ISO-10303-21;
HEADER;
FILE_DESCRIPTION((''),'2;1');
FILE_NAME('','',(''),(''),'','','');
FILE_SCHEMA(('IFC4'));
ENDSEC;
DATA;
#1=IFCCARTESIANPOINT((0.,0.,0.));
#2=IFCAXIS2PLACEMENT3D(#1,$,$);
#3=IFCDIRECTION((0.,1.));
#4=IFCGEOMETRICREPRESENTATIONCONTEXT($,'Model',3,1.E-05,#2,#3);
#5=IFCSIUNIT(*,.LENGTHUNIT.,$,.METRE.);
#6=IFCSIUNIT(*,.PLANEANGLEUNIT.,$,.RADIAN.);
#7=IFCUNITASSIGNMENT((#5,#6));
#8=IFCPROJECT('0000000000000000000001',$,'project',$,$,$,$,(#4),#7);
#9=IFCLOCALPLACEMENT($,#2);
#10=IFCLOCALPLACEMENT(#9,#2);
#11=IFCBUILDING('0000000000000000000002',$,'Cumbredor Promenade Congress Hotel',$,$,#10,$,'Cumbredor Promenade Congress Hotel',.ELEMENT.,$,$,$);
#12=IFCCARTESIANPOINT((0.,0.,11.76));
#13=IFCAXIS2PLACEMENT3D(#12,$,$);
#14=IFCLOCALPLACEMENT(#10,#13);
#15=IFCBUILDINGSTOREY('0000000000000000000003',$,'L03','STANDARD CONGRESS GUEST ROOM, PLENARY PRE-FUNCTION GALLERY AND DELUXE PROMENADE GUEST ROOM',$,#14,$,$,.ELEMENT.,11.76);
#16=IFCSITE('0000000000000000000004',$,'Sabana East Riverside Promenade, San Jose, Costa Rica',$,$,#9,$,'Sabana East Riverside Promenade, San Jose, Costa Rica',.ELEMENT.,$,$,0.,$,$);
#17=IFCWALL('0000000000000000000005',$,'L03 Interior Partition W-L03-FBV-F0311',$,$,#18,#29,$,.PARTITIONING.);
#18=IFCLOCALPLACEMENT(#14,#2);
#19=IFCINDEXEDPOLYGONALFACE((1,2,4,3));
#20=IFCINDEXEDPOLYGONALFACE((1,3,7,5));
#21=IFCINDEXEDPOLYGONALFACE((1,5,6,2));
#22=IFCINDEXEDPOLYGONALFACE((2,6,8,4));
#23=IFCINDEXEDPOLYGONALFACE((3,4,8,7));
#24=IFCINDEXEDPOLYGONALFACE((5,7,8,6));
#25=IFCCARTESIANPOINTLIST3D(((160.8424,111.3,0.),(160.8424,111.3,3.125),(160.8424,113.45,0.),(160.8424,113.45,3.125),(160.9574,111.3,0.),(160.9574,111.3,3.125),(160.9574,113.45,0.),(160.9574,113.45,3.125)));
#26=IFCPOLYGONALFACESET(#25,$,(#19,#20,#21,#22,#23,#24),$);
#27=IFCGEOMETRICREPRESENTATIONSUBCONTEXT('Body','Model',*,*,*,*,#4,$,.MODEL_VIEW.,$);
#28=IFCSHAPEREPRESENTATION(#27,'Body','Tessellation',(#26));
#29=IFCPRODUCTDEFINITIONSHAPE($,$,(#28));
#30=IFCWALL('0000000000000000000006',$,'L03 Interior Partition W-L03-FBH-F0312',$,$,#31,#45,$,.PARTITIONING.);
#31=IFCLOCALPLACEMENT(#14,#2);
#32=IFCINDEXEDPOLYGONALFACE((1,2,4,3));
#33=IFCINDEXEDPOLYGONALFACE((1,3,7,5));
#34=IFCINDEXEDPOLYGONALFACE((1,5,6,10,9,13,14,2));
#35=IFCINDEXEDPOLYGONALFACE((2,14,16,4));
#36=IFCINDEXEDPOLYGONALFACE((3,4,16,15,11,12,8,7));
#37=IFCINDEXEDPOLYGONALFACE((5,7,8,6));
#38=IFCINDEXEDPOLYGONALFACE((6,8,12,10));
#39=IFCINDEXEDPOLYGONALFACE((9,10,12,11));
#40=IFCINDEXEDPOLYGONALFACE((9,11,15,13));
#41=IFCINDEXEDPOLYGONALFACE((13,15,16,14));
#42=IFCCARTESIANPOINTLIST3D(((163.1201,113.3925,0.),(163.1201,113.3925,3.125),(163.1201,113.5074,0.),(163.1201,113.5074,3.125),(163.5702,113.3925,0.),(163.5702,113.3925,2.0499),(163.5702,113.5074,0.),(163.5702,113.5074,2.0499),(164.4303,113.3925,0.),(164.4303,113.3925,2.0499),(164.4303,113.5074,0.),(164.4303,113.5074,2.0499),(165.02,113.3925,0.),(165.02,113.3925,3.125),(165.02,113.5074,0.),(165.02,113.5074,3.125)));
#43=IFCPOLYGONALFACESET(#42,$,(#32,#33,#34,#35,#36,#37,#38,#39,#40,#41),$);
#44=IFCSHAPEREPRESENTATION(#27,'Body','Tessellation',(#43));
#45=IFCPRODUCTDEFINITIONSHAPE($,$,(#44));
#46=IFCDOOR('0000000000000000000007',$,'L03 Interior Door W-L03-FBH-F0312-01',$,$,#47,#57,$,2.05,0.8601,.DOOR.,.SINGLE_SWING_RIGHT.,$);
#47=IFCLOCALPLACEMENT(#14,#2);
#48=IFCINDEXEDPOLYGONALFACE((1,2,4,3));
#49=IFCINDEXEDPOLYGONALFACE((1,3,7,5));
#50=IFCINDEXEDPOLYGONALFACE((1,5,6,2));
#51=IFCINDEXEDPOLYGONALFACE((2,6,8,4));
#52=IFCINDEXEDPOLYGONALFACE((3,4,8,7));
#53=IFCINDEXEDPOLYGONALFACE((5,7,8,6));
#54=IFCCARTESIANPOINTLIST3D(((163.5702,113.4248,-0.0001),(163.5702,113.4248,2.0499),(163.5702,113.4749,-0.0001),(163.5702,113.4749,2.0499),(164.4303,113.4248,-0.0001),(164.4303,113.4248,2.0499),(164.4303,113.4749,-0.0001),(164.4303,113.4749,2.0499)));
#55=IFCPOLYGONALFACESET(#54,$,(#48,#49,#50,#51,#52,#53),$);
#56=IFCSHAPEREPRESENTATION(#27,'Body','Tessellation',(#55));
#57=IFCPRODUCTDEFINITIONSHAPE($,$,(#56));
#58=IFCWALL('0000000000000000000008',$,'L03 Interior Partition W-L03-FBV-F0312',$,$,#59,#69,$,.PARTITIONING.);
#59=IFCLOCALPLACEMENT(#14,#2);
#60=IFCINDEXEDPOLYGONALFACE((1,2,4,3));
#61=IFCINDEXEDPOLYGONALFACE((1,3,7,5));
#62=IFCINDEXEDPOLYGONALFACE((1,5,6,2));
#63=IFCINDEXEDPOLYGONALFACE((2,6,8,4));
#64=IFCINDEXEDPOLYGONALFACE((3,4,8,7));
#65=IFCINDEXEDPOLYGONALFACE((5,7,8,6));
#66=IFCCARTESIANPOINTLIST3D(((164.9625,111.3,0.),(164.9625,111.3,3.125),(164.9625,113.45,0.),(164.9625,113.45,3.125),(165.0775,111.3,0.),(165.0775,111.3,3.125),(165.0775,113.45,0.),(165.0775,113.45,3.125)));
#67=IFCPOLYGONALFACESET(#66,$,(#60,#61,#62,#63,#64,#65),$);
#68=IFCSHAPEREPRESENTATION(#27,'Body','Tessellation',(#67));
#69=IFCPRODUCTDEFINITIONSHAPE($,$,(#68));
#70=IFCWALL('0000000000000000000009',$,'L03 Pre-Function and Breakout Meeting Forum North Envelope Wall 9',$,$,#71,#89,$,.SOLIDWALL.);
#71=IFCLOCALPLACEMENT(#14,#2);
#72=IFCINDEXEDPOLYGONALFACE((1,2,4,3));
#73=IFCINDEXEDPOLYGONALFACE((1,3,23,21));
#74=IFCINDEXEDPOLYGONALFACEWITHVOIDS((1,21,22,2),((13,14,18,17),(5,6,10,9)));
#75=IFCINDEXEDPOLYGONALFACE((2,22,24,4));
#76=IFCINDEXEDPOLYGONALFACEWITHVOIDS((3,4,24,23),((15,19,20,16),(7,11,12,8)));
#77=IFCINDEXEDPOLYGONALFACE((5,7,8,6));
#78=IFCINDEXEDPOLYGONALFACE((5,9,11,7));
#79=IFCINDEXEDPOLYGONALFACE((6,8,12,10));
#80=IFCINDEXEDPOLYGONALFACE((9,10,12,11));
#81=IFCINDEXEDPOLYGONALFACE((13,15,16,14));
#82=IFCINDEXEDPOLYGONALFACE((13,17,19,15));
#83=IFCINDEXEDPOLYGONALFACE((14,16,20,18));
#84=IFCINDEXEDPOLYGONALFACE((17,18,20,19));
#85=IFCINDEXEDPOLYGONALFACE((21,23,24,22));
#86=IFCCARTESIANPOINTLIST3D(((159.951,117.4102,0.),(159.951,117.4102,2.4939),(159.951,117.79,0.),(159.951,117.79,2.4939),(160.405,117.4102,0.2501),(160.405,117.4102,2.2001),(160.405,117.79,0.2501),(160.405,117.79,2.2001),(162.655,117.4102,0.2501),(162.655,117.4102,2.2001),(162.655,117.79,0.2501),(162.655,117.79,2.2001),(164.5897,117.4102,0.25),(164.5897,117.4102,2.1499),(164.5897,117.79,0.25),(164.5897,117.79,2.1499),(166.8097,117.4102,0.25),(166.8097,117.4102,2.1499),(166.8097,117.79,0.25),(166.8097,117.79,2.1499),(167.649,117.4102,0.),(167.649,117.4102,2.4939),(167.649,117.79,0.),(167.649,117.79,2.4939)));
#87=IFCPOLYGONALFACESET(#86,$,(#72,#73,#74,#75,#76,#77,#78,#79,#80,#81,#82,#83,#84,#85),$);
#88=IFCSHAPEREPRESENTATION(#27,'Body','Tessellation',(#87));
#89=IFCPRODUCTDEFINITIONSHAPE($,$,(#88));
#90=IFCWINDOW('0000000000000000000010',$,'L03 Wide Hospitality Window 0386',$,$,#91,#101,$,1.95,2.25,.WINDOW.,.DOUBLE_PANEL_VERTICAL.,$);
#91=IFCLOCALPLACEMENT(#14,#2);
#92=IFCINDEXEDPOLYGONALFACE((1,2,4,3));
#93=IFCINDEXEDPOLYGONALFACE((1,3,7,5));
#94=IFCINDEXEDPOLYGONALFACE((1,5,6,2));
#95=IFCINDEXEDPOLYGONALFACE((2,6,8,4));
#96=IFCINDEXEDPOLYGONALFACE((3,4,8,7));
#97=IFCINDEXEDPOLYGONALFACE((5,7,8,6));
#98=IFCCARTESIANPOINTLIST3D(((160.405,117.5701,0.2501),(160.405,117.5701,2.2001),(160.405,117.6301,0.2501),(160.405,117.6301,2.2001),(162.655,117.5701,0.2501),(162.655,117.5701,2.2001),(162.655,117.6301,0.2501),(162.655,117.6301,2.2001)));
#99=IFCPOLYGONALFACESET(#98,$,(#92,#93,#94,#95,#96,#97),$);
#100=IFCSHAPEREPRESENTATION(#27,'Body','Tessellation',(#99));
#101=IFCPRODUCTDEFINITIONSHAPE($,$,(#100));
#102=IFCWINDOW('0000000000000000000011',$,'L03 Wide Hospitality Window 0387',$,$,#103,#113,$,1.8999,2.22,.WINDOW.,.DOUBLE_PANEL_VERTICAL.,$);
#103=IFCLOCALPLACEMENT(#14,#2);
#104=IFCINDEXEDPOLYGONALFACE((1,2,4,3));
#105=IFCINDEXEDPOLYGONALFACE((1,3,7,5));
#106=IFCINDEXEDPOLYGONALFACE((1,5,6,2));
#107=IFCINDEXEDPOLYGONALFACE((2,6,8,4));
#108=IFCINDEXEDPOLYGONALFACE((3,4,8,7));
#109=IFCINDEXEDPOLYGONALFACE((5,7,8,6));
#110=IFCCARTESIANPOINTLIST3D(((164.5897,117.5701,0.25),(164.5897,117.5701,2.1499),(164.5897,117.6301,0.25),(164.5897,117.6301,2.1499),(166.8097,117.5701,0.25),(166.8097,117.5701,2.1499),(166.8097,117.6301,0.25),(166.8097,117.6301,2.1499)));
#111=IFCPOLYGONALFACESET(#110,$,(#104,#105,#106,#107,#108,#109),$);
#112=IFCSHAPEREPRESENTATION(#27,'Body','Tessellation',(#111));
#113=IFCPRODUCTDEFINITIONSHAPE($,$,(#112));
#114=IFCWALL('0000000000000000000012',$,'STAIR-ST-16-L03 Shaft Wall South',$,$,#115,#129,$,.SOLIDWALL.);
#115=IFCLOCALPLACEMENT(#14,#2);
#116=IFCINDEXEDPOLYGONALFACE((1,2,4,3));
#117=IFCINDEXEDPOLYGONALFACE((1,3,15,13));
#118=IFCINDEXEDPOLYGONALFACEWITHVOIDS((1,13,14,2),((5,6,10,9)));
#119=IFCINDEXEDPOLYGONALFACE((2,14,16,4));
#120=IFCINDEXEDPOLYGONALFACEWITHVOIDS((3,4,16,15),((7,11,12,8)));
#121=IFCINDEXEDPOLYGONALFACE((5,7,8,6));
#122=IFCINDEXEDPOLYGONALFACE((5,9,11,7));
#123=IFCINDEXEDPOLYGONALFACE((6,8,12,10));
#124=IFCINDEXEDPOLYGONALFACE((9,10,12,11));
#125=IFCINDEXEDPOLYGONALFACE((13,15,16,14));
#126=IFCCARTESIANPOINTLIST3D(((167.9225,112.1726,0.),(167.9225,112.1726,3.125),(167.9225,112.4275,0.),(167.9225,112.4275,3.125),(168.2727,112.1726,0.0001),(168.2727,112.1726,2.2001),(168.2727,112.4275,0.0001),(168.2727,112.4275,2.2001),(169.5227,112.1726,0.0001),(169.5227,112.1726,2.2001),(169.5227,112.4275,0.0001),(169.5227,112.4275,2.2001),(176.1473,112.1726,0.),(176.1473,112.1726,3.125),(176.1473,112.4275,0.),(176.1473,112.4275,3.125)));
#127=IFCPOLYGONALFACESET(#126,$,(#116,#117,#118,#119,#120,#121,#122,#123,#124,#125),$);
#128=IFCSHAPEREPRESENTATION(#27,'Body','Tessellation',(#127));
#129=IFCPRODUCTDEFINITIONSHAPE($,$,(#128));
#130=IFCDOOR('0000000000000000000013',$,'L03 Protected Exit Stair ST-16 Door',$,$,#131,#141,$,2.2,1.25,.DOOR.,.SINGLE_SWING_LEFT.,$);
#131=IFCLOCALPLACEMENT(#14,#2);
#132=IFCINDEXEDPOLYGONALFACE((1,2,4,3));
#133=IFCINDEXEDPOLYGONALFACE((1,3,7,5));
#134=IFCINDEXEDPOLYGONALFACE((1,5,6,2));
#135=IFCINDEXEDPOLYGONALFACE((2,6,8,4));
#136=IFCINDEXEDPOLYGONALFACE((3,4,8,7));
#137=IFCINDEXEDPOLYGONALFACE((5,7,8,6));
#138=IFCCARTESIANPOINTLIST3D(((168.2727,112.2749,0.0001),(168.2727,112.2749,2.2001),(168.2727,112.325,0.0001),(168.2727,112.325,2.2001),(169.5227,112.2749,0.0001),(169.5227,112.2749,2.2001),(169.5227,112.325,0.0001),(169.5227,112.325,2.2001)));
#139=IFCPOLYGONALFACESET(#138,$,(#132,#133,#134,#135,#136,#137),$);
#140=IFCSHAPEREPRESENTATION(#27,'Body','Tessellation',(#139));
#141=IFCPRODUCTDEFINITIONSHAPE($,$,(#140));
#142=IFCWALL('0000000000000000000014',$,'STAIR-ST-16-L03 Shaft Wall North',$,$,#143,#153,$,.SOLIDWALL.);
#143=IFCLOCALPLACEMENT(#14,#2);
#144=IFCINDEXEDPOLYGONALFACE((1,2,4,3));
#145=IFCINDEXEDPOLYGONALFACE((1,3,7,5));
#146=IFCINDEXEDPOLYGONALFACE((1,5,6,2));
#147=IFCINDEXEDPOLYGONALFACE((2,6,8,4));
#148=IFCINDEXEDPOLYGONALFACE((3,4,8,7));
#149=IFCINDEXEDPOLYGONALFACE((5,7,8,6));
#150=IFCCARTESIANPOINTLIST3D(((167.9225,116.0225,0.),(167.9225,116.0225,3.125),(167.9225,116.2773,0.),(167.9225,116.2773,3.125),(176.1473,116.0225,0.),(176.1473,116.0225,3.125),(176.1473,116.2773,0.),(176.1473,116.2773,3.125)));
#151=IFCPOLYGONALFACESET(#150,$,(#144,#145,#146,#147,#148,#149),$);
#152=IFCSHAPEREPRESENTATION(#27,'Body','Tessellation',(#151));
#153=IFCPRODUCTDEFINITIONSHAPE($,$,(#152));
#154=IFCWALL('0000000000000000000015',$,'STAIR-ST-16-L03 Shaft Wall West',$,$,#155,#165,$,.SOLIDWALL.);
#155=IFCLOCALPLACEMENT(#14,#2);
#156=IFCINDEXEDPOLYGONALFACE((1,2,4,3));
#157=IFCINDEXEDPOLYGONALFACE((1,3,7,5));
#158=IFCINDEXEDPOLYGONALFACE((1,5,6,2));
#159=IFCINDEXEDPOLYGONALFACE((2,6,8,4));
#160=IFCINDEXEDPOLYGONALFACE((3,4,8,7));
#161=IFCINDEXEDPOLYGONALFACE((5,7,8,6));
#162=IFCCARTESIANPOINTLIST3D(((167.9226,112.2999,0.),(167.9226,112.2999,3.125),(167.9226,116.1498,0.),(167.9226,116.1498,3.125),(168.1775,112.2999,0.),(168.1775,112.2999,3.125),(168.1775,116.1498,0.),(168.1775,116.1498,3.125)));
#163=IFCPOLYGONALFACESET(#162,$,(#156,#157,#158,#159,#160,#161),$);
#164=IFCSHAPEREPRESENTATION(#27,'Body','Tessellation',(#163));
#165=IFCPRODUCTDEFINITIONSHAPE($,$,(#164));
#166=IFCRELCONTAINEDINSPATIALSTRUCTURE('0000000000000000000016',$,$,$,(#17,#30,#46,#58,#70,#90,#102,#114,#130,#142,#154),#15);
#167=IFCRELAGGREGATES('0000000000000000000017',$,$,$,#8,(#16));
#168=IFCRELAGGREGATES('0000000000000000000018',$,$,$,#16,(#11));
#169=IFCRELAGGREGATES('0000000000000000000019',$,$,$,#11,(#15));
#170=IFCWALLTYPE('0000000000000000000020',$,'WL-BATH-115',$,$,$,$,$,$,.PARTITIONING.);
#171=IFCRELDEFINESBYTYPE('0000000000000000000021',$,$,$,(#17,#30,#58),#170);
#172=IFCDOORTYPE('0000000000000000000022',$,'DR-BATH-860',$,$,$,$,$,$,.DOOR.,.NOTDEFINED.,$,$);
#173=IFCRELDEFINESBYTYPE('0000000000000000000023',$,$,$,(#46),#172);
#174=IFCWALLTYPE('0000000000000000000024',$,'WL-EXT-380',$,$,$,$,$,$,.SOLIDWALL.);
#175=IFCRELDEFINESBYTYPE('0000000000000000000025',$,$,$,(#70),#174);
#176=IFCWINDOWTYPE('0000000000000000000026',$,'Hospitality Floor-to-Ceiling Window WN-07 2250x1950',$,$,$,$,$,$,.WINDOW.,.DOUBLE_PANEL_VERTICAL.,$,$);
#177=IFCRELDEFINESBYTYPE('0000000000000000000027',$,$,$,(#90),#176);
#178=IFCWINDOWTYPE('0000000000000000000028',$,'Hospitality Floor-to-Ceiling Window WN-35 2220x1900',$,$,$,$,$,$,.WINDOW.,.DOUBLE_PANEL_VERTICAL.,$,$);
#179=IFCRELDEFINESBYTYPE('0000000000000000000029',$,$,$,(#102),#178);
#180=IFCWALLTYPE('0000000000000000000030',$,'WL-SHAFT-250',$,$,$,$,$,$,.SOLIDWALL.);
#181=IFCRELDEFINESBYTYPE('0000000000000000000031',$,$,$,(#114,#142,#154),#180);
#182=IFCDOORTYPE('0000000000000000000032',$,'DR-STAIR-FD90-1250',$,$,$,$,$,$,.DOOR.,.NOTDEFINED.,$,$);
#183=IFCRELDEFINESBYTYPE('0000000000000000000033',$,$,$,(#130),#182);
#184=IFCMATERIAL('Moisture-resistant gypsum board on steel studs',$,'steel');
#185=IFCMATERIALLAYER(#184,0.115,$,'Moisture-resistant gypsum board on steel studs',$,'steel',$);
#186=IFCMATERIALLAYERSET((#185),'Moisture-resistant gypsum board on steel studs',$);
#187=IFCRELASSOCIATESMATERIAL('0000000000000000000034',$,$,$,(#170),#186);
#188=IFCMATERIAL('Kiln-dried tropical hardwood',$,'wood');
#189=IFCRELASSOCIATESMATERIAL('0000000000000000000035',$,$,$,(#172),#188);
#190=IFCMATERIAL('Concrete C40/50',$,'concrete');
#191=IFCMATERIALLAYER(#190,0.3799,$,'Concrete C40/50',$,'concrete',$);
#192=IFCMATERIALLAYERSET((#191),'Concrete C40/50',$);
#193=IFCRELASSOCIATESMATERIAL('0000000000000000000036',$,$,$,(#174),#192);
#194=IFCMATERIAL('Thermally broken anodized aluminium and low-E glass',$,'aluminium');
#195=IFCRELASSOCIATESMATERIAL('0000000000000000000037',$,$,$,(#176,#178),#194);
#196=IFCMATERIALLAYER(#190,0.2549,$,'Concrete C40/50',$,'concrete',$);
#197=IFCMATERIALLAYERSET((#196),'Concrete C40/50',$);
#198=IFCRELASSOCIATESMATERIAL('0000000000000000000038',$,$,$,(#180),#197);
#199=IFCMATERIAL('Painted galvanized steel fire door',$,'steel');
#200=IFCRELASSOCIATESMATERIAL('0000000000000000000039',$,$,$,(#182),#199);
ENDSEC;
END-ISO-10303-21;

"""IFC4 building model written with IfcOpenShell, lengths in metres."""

from ifc_helpers import new_model, si_unit, direction, frame, frame_2d, origin, place, context, subcontext, project, spatial, rectangle, extrude, material, layer, layer_set, type_object, element, fill, save


model = new_model("IFC4")

# Units and contexts
model_context = context("Model", 3, precision=1e-05, world=origin(), true_north=direction((0.0, 1.0)))
body_context = subcontext(model_context, "Body", "Model", "MODEL_VIEW")
ifc_project = project(units=[si_unit("LENGTHUNIT", "METRE"), si_unit("PLANEANGLEUNIT", "RADIAN")], contexts=[model_context])

# Site, building, storey
site_placement = place(None, origin())
site = spatial("IfcSite", under=ifc_project, at=site_placement, Name="Sabana East Riverside Promenade, San Jose, Costa Rica", LongName="Sabana East Riverside Promenade, San Jose, Costa Rica", CompositionType="ELEMENT", RefElevation=0.0)
building_placement = place(site_placement, origin())
building = spatial("IfcBuilding", under=site, at=building_placement, Name="Cumbredor Promenade Congress Hotel", LongName="Cumbredor Promenade Congress Hotel", CompositionType="ELEMENT")
storey_placement = place(building_placement, frame((0.0, 0.0, 11.76)))
storey = spatial("IfcBuildingStorey", under=building, at=storey_placement, Name="L03", Description="STANDARD CONGRESS GUEST ROOM, PLENARY PRE-FUNCTION GALLERY AND DELUXE PROMENADE GUEST ROOM", CompositionType="ELEMENT", Elevation=11.76)

# Shared definitions
ifc_material_1 = material(Name="Concrete C40/50", Category="concrete")

# Shared definitions
ifc_material_2 = material(Name="Thermally broken anodized aluminium and low-E glass", Category="aluminium")

# Shared definitions
ifc_material_3 = material(Name="Kiln-dried tropical hardwood", Category="wood")

# Wall
ifc_material_4 = material(Name="Moisture-resistant gypsum board on steel studs", Category="steel")
ifc_layer_1 = layer(ifc_material_4, 0.115, Name="Moisture-resistant gypsum board on steel studs", Category="steel")
ifc_layer_set_1 = layer_set([ifc_layer_1], Name="Moisture-resistant gypsum board on steel studs")
wall_type_1 = type_object("IfcWallType", Name="WL-BATH-115", PredefinedType="PARTITIONING", material=ifc_layer_set_1)
wall_1_placement = place(storey_placement, frame((160.8999, 111.3, 0.0), z_axis=(0.0, 0.0, 1.0), x_axis=(0.0, 1.0, 0.0)))
element("IfcWall", 1, at=wall_1_placement, inside=storey, type_object=wall_type_1, Name="L03 Interior Partition W-L03-FBV-F0311", PredefinedType="PARTITIONING", context=body_context, shape_type="SweptSolid", body=[
    extrude(rectangle(XDim=2.1499, YDim=0.115, at=frame_2d((1.075, 0.0))), origin(), (0.0, 0.0, 1.0), 3.125),
])

# Wall, opening, door
wall_2_placement = place(storey_placement, frame((163.1201, 113.45, 0.0), z_axis=(0.0, 0.0, 1.0), x_axis=(1.0, 0.0, 0.0)))
wall_2 = element("IfcWall", 2, at=wall_2_placement, inside=storey, type_object=wall_type_1, Name="L03 Interior Partition W-L03-FBH-F0312", PredefinedType="PARTITIONING", context=body_context, shape_type="SweptSolid", body=[
    extrude(rectangle(XDim=1.8999, YDim=0.115, at=frame_2d((0.95, 0.0))), origin(), (0.0, 0.0, 1.0), 3.125),
])
opening_1_placement = place(wall_2_placement, frame((0.45, 0.0, 0.0)))
opening_1 = element("IfcOpeningElement", 3, at=opening_1_placement, cuts=wall_2, PredefinedType="OPENING", context=body_context, shape_type="SweptSolid", body=[
    extrude(rectangle(XDim=0.8601, YDim=2.05, at=frame_2d((0.4302, 1.0249))), frame((0.0, 0.0674, 0.0), z_axis=(0.0, -1.0, 0.0), x_axis=(1.0, 0.0, 0.0)), (0.0, 0.0, 1.0), 0.135),
])
door_type_1 = type_object("IfcDoorType", Name="DR-BATH-860", OperationType="NOTDEFINED", PredefinedType="DOOR", material=ifc_material_3)
door_1_placement = place(opening_1_placement, origin())
door_1 = element("IfcDoor", 4, at=door_1_placement, inside=storey, type_object=door_type_1, Name="L03 Interior Door W-L03-FBH-F0312-01", OperationType="SINGLE_SWING_RIGHT", OverallHeight=2.05, OverallWidth=0.8601, PredefinedType="DOOR", context=body_context, shape_type="SweptSolid", body=[
    extrude(rectangle(XDim=0.8601, YDim=2.05, at=frame_2d((0.4302, 1.0249))), frame((0.0, 0.0249, 0.0), z_axis=(0.0, -1.0, 0.0), x_axis=(1.0, 0.0, 0.0)), (0.0, 0.0, 1.0), 0.05),
])
fill(opening_1, door_1)

# Wall
wall_3_placement = place(storey_placement, frame((165.02, 111.3, 0.0), z_axis=(0.0, 0.0, 1.0), x_axis=(0.0, 1.0, 0.0)))
element("IfcWall", 5, at=wall_3_placement, inside=storey, type_object=wall_type_1, Name="L03 Interior Partition W-L03-FBV-F0312", PredefinedType="PARTITIONING", context=body_context, shape_type="SweptSolid", body=[
    extrude(rectangle(XDim=2.1499, YDim=0.115, at=frame_2d((1.075, 0.0))), origin(), (0.0, 0.0, 1.0), 3.125),
])

# Wall, openings, windows
ifc_layer_2 = layer(ifc_material_1, 0.3799, Name="Concrete C40/50", Category="concrete")
ifc_layer_set_2 = layer_set([ifc_layer_2], Name="Concrete C40/50")
wall_type_2 = type_object("IfcWallType", Name="WL-EXT-380", PredefinedType="SOLIDWALL", material=ifc_layer_set_2)
wall_4_placement = place(storey_placement, frame((159.9509, 117.6001, 0.0), z_axis=(0.0, 0.0, 1.0), x_axis=(1.0, 0.0, 0.0)))
wall_4 = element("IfcWall", 6, at=wall_4_placement, inside=storey, type_object=wall_type_2, Name="L03 Pre-Function and Breakout Meeting Forum North Envelope Wall 9", PredefinedType="SOLIDWALL", context=body_context, shape_type="SweptSolid", body=[
    extrude(rectangle(XDim=7.698, YDim=0.3799, at=frame_2d((3.8491, 0.0))), origin(), (0.0, 0.0, 1.0), 2.4939),
])
opening_2_placement = place(wall_4_placement, frame((0.4541, 0.0, 0.25)))
opening_2 = element("IfcOpeningElement", 7, at=opening_2_placement, cuts=wall_4, PredefinedType="OPENING", context=body_context, shape_type="SweptSolid", body=[
    extrude(rectangle(XDim=2.25, YDim=1.95, at=frame_2d((1.125, 0.9751))), frame((0.0, 0.2, 0.0), z_axis=(0.0, -1.0, 0.0), x_axis=(1.0, 0.0, 0.0)), (0.0, 0.0, 1.0), 0.3999),
])
opening_3_placement = place(wall_4_placement, frame((4.6389, 0.0, 0.25)))
opening_3 = element("IfcOpeningElement", 8, at=opening_3_placement, cuts=wall_4, PredefinedType="OPENING", context=body_context, shape_type="SweptSolid", body=[
    extrude(rectangle(XDim=2.22, YDim=1.8999, at=frame_2d((1.1099, 0.95))), frame((0.0, 0.2, 0.0), z_axis=(0.0, -1.0, 0.0), x_axis=(1.0, 0.0, 0.0)), (0.0, 0.0, 1.0), 0.3999),
])
window_type_1 = type_object("IfcWindowType", Name="Hospitality Floor-to-Ceiling Window WN-07 2250x1950", PartitioningType="DOUBLE_PANEL_VERTICAL", PredefinedType="WINDOW", material=ifc_material_2)
window_1_placement = place(opening_2_placement, origin())
window_1 = element("IfcWindow", 9, at=window_1_placement, inside=storey, type_object=window_type_1, Name="L03 Wide Hospitality Window 0386", OverallHeight=1.95, OverallWidth=2.25, PartitioningType="DOUBLE_PANEL_VERTICAL", PredefinedType="WINDOW", context=body_context, shape_type="SweptSolid", body=[
    extrude(rectangle(XDim=2.25, YDim=1.95, at=frame_2d((1.125, 0.9751))), frame((0.0, 0.03, 0.0), z_axis=(0.0, -1.0, 0.0), x_axis=(1.0, 0.0, 0.0)), (0.0, 0.0, 1.0), 0.0601),
])
fill(opening_2, window_1)
window_type_2 = type_object("IfcWindowType", Name="Hospitality Floor-to-Ceiling Window WN-35 2220x1900", PartitioningType="DOUBLE_PANEL_VERTICAL", PredefinedType="WINDOW", material=ifc_material_2)
window_2_placement = place(opening_3_placement, origin())
window_2 = element("IfcWindow", 10, at=window_2_placement, inside=storey, type_object=window_type_2, Name="L03 Wide Hospitality Window 0387", OverallHeight=1.8999, OverallWidth=2.22, PartitioningType="DOUBLE_PANEL_VERTICAL", PredefinedType="WINDOW", context=body_context, shape_type="SweptSolid", body=[
    extrude(rectangle(XDim=2.22, YDim=1.8999, at=frame_2d((1.1099, 0.95))), frame((0.0, 0.03, 0.0), z_axis=(0.0, -1.0, 0.0), x_axis=(1.0, 0.0, 0.0)), (0.0, 0.0, 1.0), 0.0601),
])
fill(opening_3, window_2)

# Wall, opening, door
ifc_layer_3 = layer(ifc_material_1, 0.2549, Name="Concrete C40/50", Category="concrete")
ifc_layer_set_3 = layer_set([ifc_layer_3], Name="Concrete C40/50")
wall_type_3 = type_object("IfcWallType", Name="WL-SHAFT-250", PredefinedType="SOLIDWALL", material=ifc_layer_set_3)
wall_5_placement = place(storey_placement, frame((167.9226, 112.3, 0.0), z_axis=(0.0, 0.0, 1.0), x_axis=(1.0, 0.0, 0.0)))
wall_5 = element("IfcWall", 11, at=wall_5_placement, inside=storey, type_object=wall_type_3, Name="STAIR-ST-16-L03 Shaft Wall South", PredefinedType="SOLIDWALL", context=body_context, shape_type="SweptSolid", body=[
    extrude(rectangle(XDim=8.2249, YDim=0.2549, at=frame_2d((4.1123, 0.0))), origin(), (0.0, 0.0, 1.0), 3.125),
])
opening_4_placement = place(wall_5_placement, frame((0.3501, 0.0, 0.0)))
opening_4 = element("IfcOpeningElement", 12, at=opening_4_placement, cuts=wall_5, PredefinedType="OPENING", context=body_context, shape_type="SweptSolid", body=[
    extrude(rectangle(XDim=1.25, YDim=2.2, at=frame_2d((0.625, 1.1001))), frame((0.0, 0.1375, 0.0), z_axis=(0.0, -1.0, 0.0), x_axis=(1.0, 0.0, 0.0)), (0.0, 0.0, 1.0), 0.2749),
])
ifc_material_5 = material(Name="Painted galvanized steel fire door", Category="steel")
door_type_2 = type_object("IfcDoorType", Name="DR-STAIR-FD90-1250", OperationType="NOTDEFINED", PredefinedType="DOOR", material=ifc_material_5)
door_2_placement = place(opening_4_placement, origin())
door_2 = element("IfcDoor", 13, at=door_2_placement, inside=storey, type_object=door_type_2, Name="L03 Protected Exit Stair ST-16 Door", OperationType="SINGLE_SWING_LEFT", OverallHeight=2.2, OverallWidth=1.25, PredefinedType="DOOR", context=body_context, shape_type="SweptSolid", body=[
    extrude(rectangle(XDim=1.25, YDim=2.2, at=frame_2d((0.625, 1.1001))), frame((0.0, 0.0249, 0.0), z_axis=(0.0, -1.0, 0.0), x_axis=(1.0, 0.0, 0.0)), (0.0, 0.0, 1.0), 0.05),
])
fill(opening_4, door_2)

# Walls
wall_6_placement = place(storey_placement, frame((167.9226, 116.1499, 0.0), z_axis=(0.0, 0.0, 1.0), x_axis=(1.0, 0.0, 0.0)))
element("IfcWall", 14, at=wall_6_placement, inside=storey, type_object=wall_type_3, Name="STAIR-ST-16-L03 Shaft Wall North", PredefinedType="SOLIDWALL", context=body_context, shape_type="SweptSolid", body=[
    extrude(rectangle(XDim=8.2249, YDim=0.2549, at=frame_2d((4.1123, 0.0))), origin(), (0.0, 0.0, 1.0), 3.125),
])
wall_7_placement = place(storey_placement, frame((168.05, 112.3, 0.0), z_axis=(0.0, 0.0, 1.0), x_axis=(0.0, 1.0, 0.0)))
element("IfcWall", 15, at=wall_7_placement, inside=storey, type_object=wall_type_3, Name="STAIR-ST-16-L03 Shaft Wall West", PredefinedType="SOLIDWALL", context=body_context, shape_type="SweptSolid", body=[
    extrude(rectangle(XDim=3.8499, YDim=0.2549, at=frame_2d((1.9248, 0.0))), origin(), (0.0, 0.0, 1.0), 3.125),
])

save(model, "model.ifc")
